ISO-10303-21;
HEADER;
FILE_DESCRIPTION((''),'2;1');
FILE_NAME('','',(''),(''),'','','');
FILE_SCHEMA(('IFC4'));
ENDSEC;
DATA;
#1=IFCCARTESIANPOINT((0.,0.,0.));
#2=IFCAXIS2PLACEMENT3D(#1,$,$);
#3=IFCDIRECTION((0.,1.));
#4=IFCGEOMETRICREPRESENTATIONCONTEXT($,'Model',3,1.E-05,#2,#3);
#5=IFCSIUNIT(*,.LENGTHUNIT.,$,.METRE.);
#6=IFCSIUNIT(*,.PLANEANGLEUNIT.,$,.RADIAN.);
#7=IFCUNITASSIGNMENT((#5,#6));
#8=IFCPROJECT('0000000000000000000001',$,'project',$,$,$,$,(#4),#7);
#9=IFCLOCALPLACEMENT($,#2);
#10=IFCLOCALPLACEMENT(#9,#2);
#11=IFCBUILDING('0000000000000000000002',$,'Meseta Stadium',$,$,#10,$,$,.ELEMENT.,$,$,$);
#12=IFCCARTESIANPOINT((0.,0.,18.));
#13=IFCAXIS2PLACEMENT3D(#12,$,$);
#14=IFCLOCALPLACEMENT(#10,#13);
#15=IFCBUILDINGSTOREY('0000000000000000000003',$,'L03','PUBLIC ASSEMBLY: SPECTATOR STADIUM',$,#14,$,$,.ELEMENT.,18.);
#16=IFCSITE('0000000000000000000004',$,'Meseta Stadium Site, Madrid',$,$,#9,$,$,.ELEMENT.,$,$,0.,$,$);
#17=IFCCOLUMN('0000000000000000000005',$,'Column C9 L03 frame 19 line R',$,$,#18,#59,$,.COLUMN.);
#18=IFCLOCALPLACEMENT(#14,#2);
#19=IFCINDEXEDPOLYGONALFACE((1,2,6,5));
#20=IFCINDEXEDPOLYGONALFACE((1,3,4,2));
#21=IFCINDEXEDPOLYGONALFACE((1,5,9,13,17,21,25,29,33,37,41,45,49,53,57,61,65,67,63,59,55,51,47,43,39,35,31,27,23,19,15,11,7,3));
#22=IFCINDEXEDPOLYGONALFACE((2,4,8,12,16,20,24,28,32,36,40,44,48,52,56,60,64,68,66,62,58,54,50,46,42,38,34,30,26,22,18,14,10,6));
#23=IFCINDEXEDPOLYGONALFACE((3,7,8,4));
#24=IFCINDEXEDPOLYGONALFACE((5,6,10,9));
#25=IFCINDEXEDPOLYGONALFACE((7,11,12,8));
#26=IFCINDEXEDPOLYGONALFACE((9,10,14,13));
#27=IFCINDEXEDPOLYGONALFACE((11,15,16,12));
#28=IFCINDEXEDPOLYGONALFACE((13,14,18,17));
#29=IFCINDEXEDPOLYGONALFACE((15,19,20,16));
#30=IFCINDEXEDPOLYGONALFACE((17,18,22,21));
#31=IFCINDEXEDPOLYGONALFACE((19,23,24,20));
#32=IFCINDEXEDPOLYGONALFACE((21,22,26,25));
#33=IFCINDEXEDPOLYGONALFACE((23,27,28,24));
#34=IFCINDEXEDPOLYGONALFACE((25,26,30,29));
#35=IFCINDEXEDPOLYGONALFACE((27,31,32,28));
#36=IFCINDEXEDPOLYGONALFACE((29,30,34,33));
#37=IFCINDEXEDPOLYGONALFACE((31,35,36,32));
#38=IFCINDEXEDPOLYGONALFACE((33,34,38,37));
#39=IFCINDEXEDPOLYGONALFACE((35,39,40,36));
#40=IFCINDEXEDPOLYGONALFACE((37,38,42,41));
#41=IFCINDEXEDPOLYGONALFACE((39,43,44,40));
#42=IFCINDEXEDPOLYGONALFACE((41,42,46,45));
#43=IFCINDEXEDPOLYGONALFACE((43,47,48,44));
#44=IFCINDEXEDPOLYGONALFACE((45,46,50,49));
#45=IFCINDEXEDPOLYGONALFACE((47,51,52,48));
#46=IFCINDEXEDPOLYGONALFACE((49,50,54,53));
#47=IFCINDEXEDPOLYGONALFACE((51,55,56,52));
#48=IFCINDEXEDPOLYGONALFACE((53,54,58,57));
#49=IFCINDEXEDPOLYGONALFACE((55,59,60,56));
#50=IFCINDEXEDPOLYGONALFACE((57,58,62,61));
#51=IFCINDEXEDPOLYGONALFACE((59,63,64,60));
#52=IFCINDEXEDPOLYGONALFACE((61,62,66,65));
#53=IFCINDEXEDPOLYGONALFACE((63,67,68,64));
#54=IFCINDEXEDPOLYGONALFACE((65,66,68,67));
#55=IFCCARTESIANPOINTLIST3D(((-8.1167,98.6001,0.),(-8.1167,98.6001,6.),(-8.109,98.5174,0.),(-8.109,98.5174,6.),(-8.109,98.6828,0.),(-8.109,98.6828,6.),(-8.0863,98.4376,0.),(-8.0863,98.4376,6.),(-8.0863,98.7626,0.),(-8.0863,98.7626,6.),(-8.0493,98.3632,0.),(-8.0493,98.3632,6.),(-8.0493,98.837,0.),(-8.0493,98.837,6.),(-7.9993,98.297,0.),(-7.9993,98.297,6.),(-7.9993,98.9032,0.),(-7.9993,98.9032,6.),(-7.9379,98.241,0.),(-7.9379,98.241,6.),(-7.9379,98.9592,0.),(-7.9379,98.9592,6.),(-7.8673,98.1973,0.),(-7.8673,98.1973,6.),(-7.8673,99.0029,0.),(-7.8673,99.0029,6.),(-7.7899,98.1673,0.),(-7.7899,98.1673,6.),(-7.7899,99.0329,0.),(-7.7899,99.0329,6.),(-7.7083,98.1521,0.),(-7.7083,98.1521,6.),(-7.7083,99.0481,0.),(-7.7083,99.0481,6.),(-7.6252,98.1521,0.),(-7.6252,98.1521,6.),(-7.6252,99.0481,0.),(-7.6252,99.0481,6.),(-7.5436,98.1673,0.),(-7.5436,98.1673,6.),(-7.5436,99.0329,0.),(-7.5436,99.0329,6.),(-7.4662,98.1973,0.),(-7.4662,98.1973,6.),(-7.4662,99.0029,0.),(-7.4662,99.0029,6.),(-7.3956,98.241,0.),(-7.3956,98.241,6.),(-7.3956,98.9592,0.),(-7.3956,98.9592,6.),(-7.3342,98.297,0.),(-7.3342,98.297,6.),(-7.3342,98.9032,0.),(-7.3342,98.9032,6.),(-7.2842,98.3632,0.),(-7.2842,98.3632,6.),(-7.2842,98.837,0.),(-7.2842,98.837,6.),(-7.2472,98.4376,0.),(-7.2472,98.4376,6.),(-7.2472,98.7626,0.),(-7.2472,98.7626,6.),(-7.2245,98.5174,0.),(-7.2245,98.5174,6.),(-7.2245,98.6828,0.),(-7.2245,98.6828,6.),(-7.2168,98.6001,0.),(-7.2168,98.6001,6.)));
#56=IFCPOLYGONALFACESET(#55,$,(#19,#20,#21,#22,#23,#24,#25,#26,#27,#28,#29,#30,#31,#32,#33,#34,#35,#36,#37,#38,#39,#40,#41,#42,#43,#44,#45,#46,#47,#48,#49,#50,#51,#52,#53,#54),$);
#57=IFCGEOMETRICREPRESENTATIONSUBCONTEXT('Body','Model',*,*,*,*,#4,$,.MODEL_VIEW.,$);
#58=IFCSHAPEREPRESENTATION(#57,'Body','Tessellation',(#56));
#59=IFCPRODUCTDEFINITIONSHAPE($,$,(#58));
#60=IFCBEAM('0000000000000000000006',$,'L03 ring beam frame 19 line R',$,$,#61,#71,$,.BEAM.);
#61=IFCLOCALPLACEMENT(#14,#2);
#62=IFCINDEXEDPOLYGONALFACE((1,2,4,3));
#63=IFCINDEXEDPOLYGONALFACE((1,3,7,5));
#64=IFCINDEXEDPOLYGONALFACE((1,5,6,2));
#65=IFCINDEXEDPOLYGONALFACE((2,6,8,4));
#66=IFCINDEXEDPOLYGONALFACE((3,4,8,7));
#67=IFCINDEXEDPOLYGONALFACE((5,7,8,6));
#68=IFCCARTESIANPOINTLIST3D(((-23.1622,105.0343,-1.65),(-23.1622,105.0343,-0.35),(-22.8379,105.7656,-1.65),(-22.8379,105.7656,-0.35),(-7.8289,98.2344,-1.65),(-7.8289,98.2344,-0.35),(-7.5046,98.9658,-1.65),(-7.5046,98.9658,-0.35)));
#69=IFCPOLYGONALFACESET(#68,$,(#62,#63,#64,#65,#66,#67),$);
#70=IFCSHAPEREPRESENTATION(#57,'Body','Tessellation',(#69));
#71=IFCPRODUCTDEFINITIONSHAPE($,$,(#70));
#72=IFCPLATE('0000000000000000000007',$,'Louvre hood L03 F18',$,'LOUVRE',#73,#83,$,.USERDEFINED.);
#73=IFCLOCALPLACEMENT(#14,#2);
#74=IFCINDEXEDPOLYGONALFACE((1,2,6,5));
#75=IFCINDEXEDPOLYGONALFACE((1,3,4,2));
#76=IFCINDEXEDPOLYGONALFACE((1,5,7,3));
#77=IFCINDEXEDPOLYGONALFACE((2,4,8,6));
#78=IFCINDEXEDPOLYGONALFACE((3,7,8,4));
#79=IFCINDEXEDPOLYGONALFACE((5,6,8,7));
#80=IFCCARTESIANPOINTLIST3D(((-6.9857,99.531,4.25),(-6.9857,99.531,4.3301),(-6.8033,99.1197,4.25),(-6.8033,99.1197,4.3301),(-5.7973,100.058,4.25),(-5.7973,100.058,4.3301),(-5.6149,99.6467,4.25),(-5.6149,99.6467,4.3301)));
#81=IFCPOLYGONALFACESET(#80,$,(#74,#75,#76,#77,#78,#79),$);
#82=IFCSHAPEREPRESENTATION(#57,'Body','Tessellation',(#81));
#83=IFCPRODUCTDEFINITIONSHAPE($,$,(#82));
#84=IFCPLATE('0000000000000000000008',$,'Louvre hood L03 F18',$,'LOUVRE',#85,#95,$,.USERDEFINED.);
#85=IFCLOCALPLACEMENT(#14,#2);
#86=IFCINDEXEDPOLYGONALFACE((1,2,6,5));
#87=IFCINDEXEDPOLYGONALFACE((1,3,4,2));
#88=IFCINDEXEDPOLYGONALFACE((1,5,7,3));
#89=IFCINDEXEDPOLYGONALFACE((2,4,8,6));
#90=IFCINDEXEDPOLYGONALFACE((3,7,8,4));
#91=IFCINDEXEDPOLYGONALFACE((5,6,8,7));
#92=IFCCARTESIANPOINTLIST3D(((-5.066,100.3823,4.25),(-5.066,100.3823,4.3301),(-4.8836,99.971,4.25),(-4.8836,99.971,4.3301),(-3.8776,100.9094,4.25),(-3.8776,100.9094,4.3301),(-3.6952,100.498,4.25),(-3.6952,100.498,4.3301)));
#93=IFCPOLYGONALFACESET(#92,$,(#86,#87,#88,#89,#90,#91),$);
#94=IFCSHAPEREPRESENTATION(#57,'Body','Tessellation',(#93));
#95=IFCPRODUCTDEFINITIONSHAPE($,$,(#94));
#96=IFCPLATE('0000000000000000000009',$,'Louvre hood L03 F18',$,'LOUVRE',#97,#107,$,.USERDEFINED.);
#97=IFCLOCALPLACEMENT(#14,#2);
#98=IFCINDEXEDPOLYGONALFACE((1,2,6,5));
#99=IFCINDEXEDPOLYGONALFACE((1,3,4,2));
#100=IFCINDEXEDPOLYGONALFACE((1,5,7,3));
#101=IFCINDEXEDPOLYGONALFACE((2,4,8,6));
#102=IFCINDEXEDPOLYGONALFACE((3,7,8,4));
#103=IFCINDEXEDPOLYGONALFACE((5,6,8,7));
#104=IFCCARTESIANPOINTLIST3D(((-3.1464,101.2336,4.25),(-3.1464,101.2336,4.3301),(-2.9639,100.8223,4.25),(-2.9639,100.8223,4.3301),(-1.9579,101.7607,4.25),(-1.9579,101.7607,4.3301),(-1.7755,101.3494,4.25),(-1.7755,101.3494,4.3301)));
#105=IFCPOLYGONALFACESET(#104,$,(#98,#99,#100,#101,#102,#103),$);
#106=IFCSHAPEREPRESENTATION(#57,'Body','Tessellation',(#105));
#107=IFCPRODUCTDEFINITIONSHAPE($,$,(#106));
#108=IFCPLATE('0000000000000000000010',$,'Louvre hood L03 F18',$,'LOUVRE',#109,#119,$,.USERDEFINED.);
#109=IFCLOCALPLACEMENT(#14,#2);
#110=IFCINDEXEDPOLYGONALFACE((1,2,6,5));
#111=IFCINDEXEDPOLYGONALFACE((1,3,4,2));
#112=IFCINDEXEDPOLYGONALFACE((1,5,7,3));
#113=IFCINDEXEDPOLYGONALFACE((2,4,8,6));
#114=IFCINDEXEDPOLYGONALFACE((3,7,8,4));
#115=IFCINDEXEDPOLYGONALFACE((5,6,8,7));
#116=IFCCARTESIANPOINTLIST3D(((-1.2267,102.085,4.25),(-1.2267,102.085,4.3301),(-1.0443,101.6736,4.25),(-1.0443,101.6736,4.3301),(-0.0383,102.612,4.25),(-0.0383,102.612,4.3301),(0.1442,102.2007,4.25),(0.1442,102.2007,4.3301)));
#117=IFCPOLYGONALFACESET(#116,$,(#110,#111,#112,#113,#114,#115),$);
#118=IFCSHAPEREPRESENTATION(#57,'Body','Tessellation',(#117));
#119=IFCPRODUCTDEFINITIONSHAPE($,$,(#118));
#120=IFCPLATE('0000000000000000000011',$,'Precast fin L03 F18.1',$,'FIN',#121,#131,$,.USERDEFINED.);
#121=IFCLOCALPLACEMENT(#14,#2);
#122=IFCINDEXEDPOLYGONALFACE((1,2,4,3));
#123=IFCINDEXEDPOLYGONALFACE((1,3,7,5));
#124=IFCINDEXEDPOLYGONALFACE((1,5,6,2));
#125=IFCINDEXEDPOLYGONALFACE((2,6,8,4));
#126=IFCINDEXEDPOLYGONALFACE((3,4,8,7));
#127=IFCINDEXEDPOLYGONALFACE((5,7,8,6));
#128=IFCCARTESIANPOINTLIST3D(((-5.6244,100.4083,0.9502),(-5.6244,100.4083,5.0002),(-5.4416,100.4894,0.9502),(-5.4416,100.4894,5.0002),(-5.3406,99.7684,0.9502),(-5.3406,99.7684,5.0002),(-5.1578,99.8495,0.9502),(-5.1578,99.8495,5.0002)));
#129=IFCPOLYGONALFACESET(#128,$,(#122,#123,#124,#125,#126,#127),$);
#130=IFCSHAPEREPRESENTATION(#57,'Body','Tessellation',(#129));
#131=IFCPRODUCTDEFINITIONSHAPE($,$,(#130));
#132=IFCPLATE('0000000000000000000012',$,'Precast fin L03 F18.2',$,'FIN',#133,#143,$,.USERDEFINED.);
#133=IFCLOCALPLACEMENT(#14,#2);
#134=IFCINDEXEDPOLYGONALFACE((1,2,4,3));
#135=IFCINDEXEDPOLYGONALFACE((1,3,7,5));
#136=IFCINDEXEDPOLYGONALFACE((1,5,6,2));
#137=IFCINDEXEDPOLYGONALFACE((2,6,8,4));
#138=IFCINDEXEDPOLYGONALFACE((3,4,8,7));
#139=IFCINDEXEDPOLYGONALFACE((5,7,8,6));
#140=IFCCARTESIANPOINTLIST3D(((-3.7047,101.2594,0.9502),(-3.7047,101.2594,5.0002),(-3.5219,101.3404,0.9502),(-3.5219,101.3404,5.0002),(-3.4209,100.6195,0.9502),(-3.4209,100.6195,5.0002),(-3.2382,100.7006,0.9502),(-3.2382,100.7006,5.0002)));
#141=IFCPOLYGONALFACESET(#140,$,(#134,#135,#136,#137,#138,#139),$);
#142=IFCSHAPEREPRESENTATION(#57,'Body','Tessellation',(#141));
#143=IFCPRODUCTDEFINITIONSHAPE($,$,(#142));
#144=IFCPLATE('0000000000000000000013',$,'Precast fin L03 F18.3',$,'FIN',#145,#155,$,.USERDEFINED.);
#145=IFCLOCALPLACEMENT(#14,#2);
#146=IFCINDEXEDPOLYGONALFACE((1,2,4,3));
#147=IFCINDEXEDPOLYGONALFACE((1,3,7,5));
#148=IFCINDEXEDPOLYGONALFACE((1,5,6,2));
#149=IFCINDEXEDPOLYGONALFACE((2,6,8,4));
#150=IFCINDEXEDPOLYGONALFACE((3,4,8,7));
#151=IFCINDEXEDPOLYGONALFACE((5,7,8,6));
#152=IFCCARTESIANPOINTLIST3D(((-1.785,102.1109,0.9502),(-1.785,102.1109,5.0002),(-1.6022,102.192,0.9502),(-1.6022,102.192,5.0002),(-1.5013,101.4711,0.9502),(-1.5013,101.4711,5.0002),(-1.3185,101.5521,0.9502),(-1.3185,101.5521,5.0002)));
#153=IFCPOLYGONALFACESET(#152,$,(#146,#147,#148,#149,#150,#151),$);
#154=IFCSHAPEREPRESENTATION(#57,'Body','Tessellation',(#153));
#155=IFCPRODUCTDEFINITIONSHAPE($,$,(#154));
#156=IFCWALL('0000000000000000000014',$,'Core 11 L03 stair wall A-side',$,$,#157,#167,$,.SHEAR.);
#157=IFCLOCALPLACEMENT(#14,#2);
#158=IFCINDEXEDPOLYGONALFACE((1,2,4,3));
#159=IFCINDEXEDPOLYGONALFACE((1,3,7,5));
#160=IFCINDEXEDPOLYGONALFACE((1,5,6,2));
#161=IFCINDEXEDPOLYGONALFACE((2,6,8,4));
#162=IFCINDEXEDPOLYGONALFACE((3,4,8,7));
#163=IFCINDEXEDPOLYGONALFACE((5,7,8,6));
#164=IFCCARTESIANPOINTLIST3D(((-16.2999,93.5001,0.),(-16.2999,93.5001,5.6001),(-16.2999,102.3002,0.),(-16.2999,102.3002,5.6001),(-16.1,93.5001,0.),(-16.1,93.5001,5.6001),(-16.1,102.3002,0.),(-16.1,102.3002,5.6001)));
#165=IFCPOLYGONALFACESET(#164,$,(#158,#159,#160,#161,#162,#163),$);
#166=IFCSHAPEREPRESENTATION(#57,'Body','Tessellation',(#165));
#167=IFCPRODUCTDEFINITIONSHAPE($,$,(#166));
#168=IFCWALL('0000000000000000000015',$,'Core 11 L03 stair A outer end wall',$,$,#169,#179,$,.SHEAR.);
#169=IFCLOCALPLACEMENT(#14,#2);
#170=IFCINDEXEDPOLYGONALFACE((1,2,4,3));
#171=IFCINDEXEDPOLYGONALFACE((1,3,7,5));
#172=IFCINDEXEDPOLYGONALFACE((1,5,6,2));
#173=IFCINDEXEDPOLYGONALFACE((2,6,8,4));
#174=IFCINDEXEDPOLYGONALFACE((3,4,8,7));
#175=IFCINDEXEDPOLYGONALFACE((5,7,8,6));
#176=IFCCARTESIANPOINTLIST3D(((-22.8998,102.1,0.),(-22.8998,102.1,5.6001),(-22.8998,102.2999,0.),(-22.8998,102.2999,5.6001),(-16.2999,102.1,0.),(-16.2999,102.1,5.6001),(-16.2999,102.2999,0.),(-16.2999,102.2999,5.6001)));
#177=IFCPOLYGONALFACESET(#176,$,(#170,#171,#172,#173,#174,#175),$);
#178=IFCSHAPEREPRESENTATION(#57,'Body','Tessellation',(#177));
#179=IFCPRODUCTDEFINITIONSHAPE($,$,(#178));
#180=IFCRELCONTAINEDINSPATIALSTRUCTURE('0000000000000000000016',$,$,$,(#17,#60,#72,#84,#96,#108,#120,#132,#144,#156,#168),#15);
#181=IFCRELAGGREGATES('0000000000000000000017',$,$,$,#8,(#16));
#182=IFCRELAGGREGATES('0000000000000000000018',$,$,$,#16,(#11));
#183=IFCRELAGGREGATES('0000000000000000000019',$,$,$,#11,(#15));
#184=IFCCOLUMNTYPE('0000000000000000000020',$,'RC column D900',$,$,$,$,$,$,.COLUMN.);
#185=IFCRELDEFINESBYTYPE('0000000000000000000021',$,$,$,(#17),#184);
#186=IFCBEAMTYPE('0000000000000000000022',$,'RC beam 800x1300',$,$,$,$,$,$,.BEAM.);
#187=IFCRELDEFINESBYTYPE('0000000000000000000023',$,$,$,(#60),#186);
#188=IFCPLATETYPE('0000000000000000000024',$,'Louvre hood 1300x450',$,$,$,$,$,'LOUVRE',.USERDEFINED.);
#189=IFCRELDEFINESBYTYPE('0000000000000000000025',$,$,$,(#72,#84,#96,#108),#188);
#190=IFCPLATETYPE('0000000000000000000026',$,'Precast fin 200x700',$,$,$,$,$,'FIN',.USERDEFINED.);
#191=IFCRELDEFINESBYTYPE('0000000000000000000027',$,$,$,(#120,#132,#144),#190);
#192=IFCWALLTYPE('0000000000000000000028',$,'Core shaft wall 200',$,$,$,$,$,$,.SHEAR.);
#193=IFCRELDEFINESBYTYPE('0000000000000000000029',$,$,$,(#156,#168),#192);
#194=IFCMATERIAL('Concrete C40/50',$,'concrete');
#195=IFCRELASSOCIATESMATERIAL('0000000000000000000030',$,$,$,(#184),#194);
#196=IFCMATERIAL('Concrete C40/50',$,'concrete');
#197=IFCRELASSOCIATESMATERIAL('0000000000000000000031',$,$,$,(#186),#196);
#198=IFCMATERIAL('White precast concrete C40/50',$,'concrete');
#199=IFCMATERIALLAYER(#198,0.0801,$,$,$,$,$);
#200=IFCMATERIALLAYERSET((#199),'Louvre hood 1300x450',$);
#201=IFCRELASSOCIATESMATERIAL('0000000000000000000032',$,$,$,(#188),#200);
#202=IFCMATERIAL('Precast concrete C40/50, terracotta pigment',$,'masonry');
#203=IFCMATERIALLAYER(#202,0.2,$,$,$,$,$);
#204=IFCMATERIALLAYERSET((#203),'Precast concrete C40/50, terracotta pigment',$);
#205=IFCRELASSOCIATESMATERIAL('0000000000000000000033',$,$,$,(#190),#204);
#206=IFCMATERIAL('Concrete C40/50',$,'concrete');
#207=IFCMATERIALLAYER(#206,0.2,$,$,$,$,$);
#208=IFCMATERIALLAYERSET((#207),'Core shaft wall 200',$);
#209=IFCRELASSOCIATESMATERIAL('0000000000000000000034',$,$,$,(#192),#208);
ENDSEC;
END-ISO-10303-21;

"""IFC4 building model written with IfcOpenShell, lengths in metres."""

from ifc_helpers import new_model, si_unit, direction, frame, frame_2d, origin, origin_2d, place, context, subcontext, project, spatial, rectangle, circle, extrude, material, layer, layer_set, material_profile, profile_set, type_object, element, save


model = new_model("IFC4")

# Units and contexts
model_context = context("Model", 3, precision=1e-05, world=origin(), true_north=direction((0.0, 1.0)))
body_context = subcontext(model_context, "Body", "Model", "MODEL_VIEW")
ifc_project = project(units=[si_unit("LENGTHUNIT", "METRE"), si_unit("PLANEANGLEUNIT", "RADIAN")], contexts=[model_context])

# Site, building, storey
site_placement = place(None, origin())
site = spatial("IfcSite", under=ifc_project, at=site_placement, Name="Meseta Stadium Site, Madrid", CompositionType="ELEMENT", RefElevation=0.0)
building_placement = place(site_placement, origin())
building = spatial("IfcBuilding", under=site, at=building_placement, Name="Meseta Stadium", CompositionType="ELEMENT")
storey_placement = place(building_placement, frame((0.0, 0.0, 18.0)))
storey = spatial("IfcBuildingStorey", under=building, at=storey_placement, Name="L03", Description="PUBLIC ASSEMBLY: SPECTATOR STADIUM", CompositionType="ELEMENT", Elevation=18.0)

# Column
ifc_material_1 = material(Name="Concrete C40/50", Category="concrete")
ifc_material_profile_1 = material_profile(ifc_material_1, circle(Radius=0.45, at=origin_2d()), Name="RC D900")
ifc_profile_set_1 = profile_set([ifc_material_profile_1], Name="Concrete C40/50")
column_type = type_object("IfcColumnType", Name="RC column D900", PredefinedType="COLUMN", material=ifc_profile_set_1)
column_placement = place(storey_placement, frame((-7.6667, 98.6001, 0.0), z_axis=(0.0, 0.0, 1.0), x_axis=(1.0, 0.0, 0.0)))
element("IfcColumn", 1, at=column_placement, inside=storey, type_object=column_type, Name="Column C9 L03 frame 19 line R", PredefinedType="COLUMN", context=body_context, shape_type="SweptSolid", body=[
    extrude(circle(Radius=0.45, at=origin_2d()), origin(), (0.0, 0.0, 1.0), 6.0),
])

# Beam
ifc_material_2 = material(Name="Concrete C40/50", Category="concrete")
ifc_material_profile_2 = material_profile(ifc_material_2, rectangle(XDim=0.8, YDim=1.3, at=origin_2d()), Name="RC 800x1300")
ifc_profile_set_2 = profile_set([ifc_material_profile_2], Name="Concrete C40/50")
beam_type = type_object("IfcBeamType", Name="RC beam 800x1300", PredefinedType="BEAM", material=ifc_profile_set_2)
beam_placement = place(storey_placement, frame((-7.6667, 98.6001, -1.0), z_axis=(-0.914143, 0.405393, 0.0), x_axis=(-0.405393, -0.914143, 0.0)))
element("IfcBeam", 2, at=beam_placement, inside=storey, type_object=beam_type, Name="L03 ring beam frame 19 line R", PredefinedType="BEAM", context=body_context, shape_type="SweptSolid", body=[
    extrude(rectangle(XDim=0.8, YDim=1.3, at=origin_2d()), origin(), (0.0, 0.0, 1.0), 16.7734),
])

# Plates
ifc_material_3 = material(Name="White precast concrete C40/50", Category="concrete")
ifc_layer_1 = layer(ifc_material_3, 0.0801)
ifc_layer_set_1 = layer_set([ifc_layer_1], Name="Louvre hood 1300x450")
plate_type_1 = type_object("IfcPlateType", Name="Louvre hood 1300x450", ElementType="LOUVRE", PredefinedType="USERDEFINED", material=ifc_layer_set_1)
for number, where, z_axis, x_axis, name in (
    (3, (-6.3003, 99.5889, 4.25), (0.0, 0.0, 1.0), (-0.914139, -0.405401, 0.0), "Louvre hood L03 F18"),
    (4, (-4.3806, 100.4402, 4.25), (0.0, 0.0, 1.0), (-0.914139, -0.405401, 0.0), "Louvre hood L03 F18"),
    (5, (-2.4609, 101.2915, 4.25), (0.0, 0.0, 1.0), (-0.914139, -0.405401, 0.0), "Louvre hood L03 F18"),
    (6, (-0.5413, 102.1428, 4.25), (0.0, 0.0, 1.0), (-0.914139, -0.405401, 0.0), "Louvre hood L03 F18"),
):
    element("IfcPlate", number, at=place(storey_placement, frame(where, z_axis=z_axis, x_axis=x_axis)), inside=storey, type_object=plate_type_1, Name=name, ObjectType="LOUVRE", PredefinedType="USERDEFINED", context=body_context, shape_type="SweptSolid", body=[
        extrude(rectangle(XDim=1.3, YDim=0.45, at=origin_2d()), origin(), (0.0, 0.0, 1.0), 0.0801),
    ])
ifc_material_4 = material(Name="Precast concrete C40/50, terracotta pigment", Category="masonry")
ifc_layer_2 = layer(ifc_material_4, 0.2)
ifc_layer_set_2 = layer_set([ifc_layer_2], Name="Precast concrete C40/50, terracotta pigment")
plate_type_2 = type_object("IfcPlateType", Name="Precast fin 200x700", ElementType="FIN", PredefinedType="USERDEFINED", material=ifc_layer_set_2)
for number, where, z_axis, x_axis, name in (
    (7, (-5.3911, 100.1289, 0.9502), (0.0, 0.0, 1.0), (0.914139, 0.4054, 0.0), "Precast fin L03 F18.1"),
    (8, (-3.4714, 100.98, 0.9502), (0.0, 0.0, 1.0), (0.914139, 0.4054, 0.0), "Precast fin L03 F18.2"),
    (9, (-1.5518, 101.8315, 0.9502), (0.0, 0.0, 1.0), (0.914139, 0.4054, 0.0), "Precast fin L03 F18.3"),
):
    element("IfcPlate", number, at=place(storey_placement, frame(where, z_axis=z_axis, x_axis=x_axis)), inside=storey, type_object=plate_type_2, Name=name, ObjectType="FIN", PredefinedType="USERDEFINED", context=body_context, shape_type="SweptSolid", body=[
        extrude(rectangle(XDim=0.2, YDim=0.7, at=origin_2d()), origin(), (0.0, 0.0, 1.0), 4.05),
    ])

# Walls
ifc_material_5 = material(Name="Concrete C40/50", Category="concrete")
ifc_layer_3 = layer(ifc_material_5, 0.2)
ifc_layer_set_3 = layer_set([ifc_layer_3], Name="Core shaft wall 200")
wall_type_1 = type_object("IfcWallType", Name="Core shaft wall 200", PredefinedType="SHEAR", material=ifc_layer_set_3)
wall_1_placement = place(storey_placement, frame((-16.2, 102.3, 0.0), z_axis=(0.0, 0.0, 1.0), x_axis=(0.0, -1.0, 0.0)))
element("IfcWall", 10, at=wall_1_placement, inside=storey, type_object=wall_type_1, Name="Core 11 L03 stair wall A-side", PredefinedType="SHEAR", context=body_context, shape_type="SweptSolid", body=[
    extrude(rectangle(XDim=8.8, YDim=0.2, at=frame_2d((4.3999, 0.0))), origin(), (0.0, 0.0, 1.0), 5.6001),
])
wall_2_placement = place(storey_placement, frame((-16.3, 102.2, 0.0), z_axis=(0.0, 0.0, 1.0), x_axis=(-1.0, 0.0, 0.0)))
element("IfcWall", 11, at=wall_2_placement, inside=storey, type_object=wall_type_1, Name="Core 11 L03 stair A outer end wall", PredefinedType="SHEAR", context=body_context, shape_type="SweptSolid", body=[
    extrude(rectangle(XDim=6.5999, YDim=0.2, at=frame_2d((3.2998, 0.0))), origin(), (0.0, 0.0, 1.0), 5.6001),
])

save(model, "model.ifc")
